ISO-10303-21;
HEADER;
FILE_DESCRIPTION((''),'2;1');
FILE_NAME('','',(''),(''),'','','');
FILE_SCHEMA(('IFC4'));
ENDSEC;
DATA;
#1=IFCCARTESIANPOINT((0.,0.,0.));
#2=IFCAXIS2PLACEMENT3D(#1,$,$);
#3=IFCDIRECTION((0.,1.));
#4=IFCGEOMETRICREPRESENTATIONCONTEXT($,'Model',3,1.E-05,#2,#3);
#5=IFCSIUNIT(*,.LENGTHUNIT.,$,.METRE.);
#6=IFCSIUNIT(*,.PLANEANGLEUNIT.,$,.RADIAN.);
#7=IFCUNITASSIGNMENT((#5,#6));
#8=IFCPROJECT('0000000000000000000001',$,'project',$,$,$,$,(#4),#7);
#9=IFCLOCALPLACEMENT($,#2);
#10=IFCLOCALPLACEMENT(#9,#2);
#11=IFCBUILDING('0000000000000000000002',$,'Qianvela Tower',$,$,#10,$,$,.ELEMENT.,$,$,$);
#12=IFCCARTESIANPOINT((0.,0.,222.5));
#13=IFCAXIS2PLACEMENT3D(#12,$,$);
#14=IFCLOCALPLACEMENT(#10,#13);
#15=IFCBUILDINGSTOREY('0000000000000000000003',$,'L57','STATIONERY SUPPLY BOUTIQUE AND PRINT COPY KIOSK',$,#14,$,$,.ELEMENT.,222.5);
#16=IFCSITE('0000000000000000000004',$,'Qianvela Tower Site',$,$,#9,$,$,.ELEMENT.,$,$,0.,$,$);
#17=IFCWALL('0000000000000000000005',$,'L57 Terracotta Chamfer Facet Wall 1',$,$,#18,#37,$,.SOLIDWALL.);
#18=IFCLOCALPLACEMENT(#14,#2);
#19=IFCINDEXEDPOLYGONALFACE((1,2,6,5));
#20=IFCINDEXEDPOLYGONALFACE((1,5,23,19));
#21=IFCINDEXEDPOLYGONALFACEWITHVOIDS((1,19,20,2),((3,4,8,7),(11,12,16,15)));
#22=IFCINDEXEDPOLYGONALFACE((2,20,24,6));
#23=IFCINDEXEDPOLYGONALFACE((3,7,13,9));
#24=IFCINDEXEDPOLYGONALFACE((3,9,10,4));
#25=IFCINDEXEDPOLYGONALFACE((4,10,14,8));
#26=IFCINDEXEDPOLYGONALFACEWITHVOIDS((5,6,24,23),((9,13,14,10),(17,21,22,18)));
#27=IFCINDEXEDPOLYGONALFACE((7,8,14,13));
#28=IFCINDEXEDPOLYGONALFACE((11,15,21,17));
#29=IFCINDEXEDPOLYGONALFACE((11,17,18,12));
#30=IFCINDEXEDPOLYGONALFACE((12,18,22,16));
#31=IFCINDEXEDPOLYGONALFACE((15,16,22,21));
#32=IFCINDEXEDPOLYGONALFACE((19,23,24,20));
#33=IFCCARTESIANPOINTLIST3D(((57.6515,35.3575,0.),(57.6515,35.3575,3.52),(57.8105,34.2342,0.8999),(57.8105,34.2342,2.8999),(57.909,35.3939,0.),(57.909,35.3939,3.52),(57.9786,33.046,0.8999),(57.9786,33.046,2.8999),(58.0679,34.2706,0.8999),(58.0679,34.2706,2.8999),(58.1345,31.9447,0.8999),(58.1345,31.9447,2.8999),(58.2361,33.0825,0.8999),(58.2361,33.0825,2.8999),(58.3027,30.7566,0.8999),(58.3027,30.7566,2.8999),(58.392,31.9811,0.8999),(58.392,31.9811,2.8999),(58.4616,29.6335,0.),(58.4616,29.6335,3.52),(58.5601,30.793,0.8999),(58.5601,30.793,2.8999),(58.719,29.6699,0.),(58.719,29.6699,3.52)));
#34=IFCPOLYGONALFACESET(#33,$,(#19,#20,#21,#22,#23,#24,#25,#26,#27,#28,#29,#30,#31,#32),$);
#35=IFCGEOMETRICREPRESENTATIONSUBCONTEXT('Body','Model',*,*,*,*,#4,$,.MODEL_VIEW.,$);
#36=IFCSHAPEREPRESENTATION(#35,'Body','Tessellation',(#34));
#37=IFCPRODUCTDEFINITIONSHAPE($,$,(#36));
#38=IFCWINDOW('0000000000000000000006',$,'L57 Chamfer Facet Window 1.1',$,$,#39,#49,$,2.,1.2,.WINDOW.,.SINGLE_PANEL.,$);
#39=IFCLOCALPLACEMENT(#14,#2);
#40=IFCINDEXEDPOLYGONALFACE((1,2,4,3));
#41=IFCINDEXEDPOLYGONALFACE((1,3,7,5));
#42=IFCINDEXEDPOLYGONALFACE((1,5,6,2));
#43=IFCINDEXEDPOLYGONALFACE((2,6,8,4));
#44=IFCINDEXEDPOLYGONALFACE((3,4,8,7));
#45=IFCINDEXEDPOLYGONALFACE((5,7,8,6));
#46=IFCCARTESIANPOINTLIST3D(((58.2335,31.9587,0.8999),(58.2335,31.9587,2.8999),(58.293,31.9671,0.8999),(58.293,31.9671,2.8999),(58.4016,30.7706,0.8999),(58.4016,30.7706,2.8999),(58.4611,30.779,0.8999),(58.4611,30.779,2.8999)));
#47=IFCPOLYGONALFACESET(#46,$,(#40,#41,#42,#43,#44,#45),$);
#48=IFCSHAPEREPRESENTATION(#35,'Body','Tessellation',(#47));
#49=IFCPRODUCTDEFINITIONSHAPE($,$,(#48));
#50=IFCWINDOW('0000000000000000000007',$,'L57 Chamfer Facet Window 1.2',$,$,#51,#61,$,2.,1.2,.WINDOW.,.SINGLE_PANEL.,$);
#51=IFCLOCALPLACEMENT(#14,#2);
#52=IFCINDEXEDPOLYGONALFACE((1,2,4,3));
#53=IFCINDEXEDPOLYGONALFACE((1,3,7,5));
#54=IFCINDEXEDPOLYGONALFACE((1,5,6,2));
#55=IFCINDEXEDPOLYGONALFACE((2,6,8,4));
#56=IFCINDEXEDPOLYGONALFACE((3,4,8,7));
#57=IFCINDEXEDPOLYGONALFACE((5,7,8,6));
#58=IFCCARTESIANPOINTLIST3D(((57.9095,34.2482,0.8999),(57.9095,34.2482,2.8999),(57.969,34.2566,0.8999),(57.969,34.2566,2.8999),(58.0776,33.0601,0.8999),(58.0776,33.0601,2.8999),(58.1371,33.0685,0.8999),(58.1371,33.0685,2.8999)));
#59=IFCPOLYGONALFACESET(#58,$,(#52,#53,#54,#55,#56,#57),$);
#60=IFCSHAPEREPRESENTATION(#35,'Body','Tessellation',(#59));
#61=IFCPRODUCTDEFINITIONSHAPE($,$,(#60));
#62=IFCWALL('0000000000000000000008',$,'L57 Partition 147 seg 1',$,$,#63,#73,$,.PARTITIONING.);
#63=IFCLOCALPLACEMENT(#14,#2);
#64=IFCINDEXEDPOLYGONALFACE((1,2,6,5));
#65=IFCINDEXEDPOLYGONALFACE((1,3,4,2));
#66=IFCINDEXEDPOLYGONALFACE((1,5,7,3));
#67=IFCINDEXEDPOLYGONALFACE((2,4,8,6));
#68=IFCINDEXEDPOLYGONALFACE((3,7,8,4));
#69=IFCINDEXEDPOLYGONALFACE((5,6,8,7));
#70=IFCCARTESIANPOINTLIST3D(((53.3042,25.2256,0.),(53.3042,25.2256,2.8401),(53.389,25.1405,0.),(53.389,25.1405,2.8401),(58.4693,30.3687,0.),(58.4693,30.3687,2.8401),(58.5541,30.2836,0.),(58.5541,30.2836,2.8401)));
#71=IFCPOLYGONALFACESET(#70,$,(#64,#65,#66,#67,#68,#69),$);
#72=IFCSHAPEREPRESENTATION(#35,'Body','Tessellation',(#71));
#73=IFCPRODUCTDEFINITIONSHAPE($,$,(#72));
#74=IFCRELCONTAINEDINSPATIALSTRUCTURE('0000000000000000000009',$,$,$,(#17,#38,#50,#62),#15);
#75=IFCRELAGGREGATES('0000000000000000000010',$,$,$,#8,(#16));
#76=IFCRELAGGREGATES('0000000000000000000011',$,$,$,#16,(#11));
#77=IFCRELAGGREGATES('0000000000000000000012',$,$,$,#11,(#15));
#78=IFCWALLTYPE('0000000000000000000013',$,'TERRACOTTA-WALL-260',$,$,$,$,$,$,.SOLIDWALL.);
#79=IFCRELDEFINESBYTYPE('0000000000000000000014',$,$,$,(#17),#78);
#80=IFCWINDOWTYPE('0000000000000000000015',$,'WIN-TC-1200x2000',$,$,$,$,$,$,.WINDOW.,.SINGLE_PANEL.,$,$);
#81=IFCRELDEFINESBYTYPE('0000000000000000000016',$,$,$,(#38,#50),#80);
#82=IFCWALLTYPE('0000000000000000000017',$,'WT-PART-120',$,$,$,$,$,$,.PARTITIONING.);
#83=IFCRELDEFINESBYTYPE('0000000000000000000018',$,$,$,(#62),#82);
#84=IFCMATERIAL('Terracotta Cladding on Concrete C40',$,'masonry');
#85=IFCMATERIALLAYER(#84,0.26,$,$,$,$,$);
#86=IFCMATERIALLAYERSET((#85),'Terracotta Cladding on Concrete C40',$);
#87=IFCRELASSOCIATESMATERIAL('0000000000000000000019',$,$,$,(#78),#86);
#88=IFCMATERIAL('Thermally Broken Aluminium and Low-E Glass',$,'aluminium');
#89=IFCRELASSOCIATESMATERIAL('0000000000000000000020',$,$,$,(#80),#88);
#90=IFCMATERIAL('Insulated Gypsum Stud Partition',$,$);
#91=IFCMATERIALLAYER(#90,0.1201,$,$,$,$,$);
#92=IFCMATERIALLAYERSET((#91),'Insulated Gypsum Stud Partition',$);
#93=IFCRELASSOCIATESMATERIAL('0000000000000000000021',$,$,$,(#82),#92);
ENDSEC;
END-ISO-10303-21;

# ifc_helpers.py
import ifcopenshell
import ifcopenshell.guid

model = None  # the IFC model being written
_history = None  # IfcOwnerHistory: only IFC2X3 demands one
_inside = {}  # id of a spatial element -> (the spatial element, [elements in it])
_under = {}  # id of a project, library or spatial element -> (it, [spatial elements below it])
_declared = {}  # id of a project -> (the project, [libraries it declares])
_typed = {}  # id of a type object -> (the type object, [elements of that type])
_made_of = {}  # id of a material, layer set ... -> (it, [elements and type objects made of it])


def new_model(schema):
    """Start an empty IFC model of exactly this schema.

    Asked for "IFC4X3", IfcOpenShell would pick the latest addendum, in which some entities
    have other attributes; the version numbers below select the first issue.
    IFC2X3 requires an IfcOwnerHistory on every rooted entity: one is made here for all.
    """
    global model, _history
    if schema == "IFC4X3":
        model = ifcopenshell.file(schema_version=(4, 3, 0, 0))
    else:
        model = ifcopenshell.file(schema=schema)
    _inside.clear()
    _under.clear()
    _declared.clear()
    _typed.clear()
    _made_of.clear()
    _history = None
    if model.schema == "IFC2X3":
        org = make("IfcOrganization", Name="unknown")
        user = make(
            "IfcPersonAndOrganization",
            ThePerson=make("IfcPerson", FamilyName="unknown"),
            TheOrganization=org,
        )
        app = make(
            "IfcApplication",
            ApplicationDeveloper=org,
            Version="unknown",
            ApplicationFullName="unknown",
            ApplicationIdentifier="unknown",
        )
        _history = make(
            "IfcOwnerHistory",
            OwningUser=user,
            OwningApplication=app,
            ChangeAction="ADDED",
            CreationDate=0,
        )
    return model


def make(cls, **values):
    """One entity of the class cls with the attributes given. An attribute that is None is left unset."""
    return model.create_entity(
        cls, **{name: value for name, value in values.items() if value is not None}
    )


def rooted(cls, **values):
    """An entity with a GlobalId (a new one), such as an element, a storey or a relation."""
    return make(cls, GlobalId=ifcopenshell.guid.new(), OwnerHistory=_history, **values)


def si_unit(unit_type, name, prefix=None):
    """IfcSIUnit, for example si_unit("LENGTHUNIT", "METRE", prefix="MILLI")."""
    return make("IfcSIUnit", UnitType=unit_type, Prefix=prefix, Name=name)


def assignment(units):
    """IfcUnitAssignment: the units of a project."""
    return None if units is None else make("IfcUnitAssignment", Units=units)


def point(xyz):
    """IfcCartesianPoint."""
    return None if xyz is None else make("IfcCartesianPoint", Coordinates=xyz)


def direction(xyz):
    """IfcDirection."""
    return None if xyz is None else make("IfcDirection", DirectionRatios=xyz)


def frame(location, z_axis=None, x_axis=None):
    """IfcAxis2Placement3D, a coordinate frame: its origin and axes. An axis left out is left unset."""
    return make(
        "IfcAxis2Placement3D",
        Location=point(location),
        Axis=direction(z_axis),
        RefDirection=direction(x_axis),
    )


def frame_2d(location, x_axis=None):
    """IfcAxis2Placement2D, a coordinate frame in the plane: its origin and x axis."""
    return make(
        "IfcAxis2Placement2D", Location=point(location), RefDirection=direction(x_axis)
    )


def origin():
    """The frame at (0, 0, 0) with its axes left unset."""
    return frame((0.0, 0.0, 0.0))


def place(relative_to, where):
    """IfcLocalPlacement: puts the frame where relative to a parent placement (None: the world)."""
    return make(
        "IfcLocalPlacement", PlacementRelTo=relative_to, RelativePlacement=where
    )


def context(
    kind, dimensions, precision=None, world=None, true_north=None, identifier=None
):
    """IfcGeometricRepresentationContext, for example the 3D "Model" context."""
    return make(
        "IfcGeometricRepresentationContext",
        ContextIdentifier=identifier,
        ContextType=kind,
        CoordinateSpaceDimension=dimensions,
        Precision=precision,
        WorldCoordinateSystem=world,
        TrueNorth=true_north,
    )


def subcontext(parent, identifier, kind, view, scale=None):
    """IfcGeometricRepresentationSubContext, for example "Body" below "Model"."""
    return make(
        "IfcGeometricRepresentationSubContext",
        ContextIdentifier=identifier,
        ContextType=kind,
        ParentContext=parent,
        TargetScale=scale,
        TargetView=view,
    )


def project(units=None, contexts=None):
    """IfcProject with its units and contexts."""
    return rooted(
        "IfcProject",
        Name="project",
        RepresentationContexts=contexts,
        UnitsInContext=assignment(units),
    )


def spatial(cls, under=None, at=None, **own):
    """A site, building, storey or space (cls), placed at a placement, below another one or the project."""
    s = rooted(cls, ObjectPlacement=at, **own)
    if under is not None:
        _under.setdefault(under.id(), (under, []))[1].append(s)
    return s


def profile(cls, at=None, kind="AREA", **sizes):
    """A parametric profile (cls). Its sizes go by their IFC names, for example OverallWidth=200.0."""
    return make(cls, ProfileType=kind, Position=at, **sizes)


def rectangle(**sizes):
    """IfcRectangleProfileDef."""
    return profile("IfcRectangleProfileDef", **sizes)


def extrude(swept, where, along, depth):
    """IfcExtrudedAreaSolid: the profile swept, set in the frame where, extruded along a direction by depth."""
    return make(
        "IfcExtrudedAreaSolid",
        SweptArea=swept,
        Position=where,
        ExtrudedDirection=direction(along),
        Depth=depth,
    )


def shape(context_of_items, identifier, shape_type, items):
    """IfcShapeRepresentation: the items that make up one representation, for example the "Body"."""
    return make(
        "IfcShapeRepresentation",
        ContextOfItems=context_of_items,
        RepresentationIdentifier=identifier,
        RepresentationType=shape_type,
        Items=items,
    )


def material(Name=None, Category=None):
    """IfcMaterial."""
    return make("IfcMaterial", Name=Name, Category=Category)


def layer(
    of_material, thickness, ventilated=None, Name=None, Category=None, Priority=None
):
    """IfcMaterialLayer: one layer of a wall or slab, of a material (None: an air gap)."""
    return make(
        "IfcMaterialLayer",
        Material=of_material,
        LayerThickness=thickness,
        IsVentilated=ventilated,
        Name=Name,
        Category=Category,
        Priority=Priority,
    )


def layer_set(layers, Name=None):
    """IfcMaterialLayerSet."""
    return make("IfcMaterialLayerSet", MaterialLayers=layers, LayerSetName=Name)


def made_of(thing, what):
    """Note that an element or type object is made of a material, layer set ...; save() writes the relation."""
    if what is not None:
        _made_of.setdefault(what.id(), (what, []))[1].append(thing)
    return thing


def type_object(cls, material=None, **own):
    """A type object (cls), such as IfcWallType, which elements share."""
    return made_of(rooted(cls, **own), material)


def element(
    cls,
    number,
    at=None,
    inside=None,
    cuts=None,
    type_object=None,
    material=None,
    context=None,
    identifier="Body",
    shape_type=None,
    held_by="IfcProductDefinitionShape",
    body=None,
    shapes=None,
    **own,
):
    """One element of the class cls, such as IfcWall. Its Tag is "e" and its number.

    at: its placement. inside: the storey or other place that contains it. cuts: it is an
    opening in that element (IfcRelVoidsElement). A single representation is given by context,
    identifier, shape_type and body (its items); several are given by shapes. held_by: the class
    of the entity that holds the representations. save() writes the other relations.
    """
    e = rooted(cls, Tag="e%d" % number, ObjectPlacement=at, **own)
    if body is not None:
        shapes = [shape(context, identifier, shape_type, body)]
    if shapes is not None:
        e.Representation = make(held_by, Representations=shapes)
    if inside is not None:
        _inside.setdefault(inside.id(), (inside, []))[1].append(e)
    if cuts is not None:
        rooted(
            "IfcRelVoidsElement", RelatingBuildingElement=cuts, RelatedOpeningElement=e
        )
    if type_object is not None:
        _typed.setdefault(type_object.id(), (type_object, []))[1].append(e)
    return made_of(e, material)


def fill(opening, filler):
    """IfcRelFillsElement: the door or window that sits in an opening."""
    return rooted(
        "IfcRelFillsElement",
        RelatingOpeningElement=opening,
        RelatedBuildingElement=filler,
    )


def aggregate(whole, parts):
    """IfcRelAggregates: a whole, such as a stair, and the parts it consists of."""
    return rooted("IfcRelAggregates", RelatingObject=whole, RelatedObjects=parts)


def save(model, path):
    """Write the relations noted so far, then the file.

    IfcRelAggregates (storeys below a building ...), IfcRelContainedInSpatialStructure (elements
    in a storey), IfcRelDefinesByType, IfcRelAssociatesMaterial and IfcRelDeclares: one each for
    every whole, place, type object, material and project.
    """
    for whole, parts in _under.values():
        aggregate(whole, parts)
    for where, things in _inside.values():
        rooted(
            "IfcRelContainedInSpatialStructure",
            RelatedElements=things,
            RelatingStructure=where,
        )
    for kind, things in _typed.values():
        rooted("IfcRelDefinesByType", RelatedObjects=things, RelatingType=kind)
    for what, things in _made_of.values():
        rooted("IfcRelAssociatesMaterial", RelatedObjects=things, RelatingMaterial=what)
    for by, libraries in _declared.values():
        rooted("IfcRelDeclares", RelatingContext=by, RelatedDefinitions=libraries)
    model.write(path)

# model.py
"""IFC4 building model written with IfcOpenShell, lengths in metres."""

from ifc_helpers import new_model, si_unit, direction, frame, frame_2d, origin, place, context, subcontext, project, spatial, rectangle, extrude, material, layer, layer_set, type_object, element, fill, save


model = new_model("IFC4")

# Units and contexts
model_context = context("Model", 3, precision=1e-05, world=origin(), true_north=direction((0.0, 1.0)))
body_context = subcontext(model_context, "Body", "Model", "MODEL_VIEW")
ifc_project = project(units=[si_unit("LENGTHUNIT", "METRE"), si_unit("PLANEANGLEUNIT", "RADIAN")], contexts=[model_context])

# Site, building, storey
site_placement = place(None, origin())
site = spatial("IfcSite", under=ifc_project, at=site_placement, Name="Qianvela Tower Site", CompositionType="ELEMENT", RefElevation=0.0)
building_placement = place(site_placement, origin())
building = spatial("IfcBuilding", under=site, at=building_placement, Name="Qianvela Tower", CompositionType="ELEMENT")
storey_placement = place(building_placement, frame((0.0, 0.0, 222.5)))
storey = spatial("IfcBuildingStorey", under=building, at=storey_placement, Name="L57", Description="STATIONERY SUPPLY BOUTIQUE AND PRINT COPY KIOSK", CompositionType="ELEMENT", Elevation=222.5)

# Wall, openings, windows
ifc_material_1 = material(Name="Terracotta Cladding on Concrete C40", Category="masonry")
ifc_layer_1 = layer(ifc_material_1, 0.26)
ifc_layer_set_1 = layer_set([ifc_layer_1], Name="Terracotta Cladding on Concrete C40")
wall_type_1 = type_object("IfcWallType", Name="TERRACOTTA-WALL-260", PredefinedType="SOLIDWALL", material=ifc_layer_set_1)
wall_1_placement = place(storey_placement, frame((58.5903, 29.6516, 0.0), z_axis=(0.0, 0.0, 1.0), x_axis=(-0.140126, 0.990134, 0.0)))
wall_1 = element("IfcWall", 1, at=wall_1_placement, inside=storey, type_object=wall_type_1, Name="L57 Terracotta Chamfer Facet Wall 1", PredefinedType="SOLIDWALL", context=body_context, shape_type="SweptSolid", body=[
    extrude(rectangle(XDim=5.781, YDim=0.26, at=frame_2d((2.8906, 0.0))), origin(), (0.0, 0.0, 1.0), 3.52),
])
opening_1_placement = place(wall_1_placement, frame((1.1343, 0.0, 0.8999)))
opening_1 = element("IfcOpeningElement", 2, at=opening_1_placement, cuts=wall_1, PredefinedType="OPENING", context=body_context, shape_type="SweptSolid", body=[
    extrude(rectangle(XDim=1.2, YDim=2.0, at=frame_2d((0.6001, 1.0))), frame((0.0, 0.1399, 0.0), z_axis=(0.0, -1.0, 0.0), x_axis=(1.0, 0.0, 0.0)), (0.0, 0.0, 1.0), 0.28),
])
opening_2_placement = place(wall_1_placement, frame((3.4465, 0.0, 0.8999)))
opening_2 = element("IfcOpeningElement", 3, at=opening_2_placement, cuts=wall_1, PredefinedType="OPENING", context=body_context, shape_type="SweptSolid", body=[
    extrude(rectangle(XDim=1.2, YDim=2.0, at=frame_2d((0.6001, 1.0))), frame((0.0, 0.1399, 0.0), z_axis=(0.0, -1.0, 0.0), x_axis=(1.0, 0.0, 0.0)), (0.0, 0.0, 1.0), 0.28),
])
ifc_material_2 = material(Name="Thermally Broken Aluminium and Low-E Glass", Category="aluminium")
window_type = type_object("IfcWindowType", Name="WIN-TC-1200x2000", PartitioningType="SINGLE_PANEL", PredefinedType="WINDOW", material=ifc_material_2)
window_1_placement = place(opening_1_placement, origin())
window_1 = element("IfcWindow", 4, at=window_1_placement, inside=storey, type_object=window_type, Name="L57 Chamfer Facet Window 1.1", OverallHeight=2.0, OverallWidth=1.2, PartitioningType="SINGLE_PANEL", PredefinedType="WINDOW", context=body_context, shape_type="SweptSolid", body=[
    extrude(rectangle(XDim=1.2, YDim=2.0, at=frame_2d((0.6001, 1.0))), frame((0.0, 0.03, 0.0), z_axis=(0.0, -1.0, 0.0), x_axis=(1.0, 0.0, 0.0)), (0.0, 0.0, 1.0), 0.0601),
])
fill(opening_1, window_1)
window_2_placement = place(opening_2_placement, origin())
window_2 = element("IfcWindow", 5, at=window_2_placement, inside=storey, type_object=window_type, Name="L57 Chamfer Facet Window 1.2", OverallHeight=2.0, OverallWidth=1.2, PartitioningType="SINGLE_PANEL", PredefinedType="WINDOW", context=body_context, shape_type="SweptSolid", body=[
    extrude(rectangle(XDim=1.2, YDim=2.0, at=frame_2d((0.6001, 1.0))), frame((0.0, 0.03, 0.0), z_axis=(0.0, -1.0, 0.0), x_axis=(1.0, 0.0, 0.0)), (0.0, 0.0, 1.0), 0.0601),
])
fill(opening_2, window_2)

# Wall
ifc_material_3 = material(Name="Insulated Gypsum Stud Partition")
ifc_layer_2 = layer(ifc_material_3, 0.1201)
ifc_layer_set_2 = layer_set([ifc_layer_2], Name="Insulated Gypsum Stud Partition")
wall_type_2 = type_object("IfcWallType", Name="WT-PART-120", PredefinedType="PARTITIONING", material=ifc_layer_set_2)
wall_2_placement = place(storey_placement, frame((58.5117, 30.3262, 0.0), z_axis=(0.0, 0.0, 1.0), x_axis=(-0.708612, -0.705598, 0.0)))
element("IfcWall", 6, at=wall_2_placement, inside=storey, type_object=wall_type_2, Name="L57 Partition 147 seg 1", PredefinedType="PARTITIONING", context=body_context, shape_type="SweptSolid", body=[
    extrude(rectangle(XDim=7.2891, YDim=0.1201, at=frame_2d((3.6445, 0.0))), origin(), (0.0, 0.0, 1.0), 2.8401),
])

save(model, "model.ifc")
